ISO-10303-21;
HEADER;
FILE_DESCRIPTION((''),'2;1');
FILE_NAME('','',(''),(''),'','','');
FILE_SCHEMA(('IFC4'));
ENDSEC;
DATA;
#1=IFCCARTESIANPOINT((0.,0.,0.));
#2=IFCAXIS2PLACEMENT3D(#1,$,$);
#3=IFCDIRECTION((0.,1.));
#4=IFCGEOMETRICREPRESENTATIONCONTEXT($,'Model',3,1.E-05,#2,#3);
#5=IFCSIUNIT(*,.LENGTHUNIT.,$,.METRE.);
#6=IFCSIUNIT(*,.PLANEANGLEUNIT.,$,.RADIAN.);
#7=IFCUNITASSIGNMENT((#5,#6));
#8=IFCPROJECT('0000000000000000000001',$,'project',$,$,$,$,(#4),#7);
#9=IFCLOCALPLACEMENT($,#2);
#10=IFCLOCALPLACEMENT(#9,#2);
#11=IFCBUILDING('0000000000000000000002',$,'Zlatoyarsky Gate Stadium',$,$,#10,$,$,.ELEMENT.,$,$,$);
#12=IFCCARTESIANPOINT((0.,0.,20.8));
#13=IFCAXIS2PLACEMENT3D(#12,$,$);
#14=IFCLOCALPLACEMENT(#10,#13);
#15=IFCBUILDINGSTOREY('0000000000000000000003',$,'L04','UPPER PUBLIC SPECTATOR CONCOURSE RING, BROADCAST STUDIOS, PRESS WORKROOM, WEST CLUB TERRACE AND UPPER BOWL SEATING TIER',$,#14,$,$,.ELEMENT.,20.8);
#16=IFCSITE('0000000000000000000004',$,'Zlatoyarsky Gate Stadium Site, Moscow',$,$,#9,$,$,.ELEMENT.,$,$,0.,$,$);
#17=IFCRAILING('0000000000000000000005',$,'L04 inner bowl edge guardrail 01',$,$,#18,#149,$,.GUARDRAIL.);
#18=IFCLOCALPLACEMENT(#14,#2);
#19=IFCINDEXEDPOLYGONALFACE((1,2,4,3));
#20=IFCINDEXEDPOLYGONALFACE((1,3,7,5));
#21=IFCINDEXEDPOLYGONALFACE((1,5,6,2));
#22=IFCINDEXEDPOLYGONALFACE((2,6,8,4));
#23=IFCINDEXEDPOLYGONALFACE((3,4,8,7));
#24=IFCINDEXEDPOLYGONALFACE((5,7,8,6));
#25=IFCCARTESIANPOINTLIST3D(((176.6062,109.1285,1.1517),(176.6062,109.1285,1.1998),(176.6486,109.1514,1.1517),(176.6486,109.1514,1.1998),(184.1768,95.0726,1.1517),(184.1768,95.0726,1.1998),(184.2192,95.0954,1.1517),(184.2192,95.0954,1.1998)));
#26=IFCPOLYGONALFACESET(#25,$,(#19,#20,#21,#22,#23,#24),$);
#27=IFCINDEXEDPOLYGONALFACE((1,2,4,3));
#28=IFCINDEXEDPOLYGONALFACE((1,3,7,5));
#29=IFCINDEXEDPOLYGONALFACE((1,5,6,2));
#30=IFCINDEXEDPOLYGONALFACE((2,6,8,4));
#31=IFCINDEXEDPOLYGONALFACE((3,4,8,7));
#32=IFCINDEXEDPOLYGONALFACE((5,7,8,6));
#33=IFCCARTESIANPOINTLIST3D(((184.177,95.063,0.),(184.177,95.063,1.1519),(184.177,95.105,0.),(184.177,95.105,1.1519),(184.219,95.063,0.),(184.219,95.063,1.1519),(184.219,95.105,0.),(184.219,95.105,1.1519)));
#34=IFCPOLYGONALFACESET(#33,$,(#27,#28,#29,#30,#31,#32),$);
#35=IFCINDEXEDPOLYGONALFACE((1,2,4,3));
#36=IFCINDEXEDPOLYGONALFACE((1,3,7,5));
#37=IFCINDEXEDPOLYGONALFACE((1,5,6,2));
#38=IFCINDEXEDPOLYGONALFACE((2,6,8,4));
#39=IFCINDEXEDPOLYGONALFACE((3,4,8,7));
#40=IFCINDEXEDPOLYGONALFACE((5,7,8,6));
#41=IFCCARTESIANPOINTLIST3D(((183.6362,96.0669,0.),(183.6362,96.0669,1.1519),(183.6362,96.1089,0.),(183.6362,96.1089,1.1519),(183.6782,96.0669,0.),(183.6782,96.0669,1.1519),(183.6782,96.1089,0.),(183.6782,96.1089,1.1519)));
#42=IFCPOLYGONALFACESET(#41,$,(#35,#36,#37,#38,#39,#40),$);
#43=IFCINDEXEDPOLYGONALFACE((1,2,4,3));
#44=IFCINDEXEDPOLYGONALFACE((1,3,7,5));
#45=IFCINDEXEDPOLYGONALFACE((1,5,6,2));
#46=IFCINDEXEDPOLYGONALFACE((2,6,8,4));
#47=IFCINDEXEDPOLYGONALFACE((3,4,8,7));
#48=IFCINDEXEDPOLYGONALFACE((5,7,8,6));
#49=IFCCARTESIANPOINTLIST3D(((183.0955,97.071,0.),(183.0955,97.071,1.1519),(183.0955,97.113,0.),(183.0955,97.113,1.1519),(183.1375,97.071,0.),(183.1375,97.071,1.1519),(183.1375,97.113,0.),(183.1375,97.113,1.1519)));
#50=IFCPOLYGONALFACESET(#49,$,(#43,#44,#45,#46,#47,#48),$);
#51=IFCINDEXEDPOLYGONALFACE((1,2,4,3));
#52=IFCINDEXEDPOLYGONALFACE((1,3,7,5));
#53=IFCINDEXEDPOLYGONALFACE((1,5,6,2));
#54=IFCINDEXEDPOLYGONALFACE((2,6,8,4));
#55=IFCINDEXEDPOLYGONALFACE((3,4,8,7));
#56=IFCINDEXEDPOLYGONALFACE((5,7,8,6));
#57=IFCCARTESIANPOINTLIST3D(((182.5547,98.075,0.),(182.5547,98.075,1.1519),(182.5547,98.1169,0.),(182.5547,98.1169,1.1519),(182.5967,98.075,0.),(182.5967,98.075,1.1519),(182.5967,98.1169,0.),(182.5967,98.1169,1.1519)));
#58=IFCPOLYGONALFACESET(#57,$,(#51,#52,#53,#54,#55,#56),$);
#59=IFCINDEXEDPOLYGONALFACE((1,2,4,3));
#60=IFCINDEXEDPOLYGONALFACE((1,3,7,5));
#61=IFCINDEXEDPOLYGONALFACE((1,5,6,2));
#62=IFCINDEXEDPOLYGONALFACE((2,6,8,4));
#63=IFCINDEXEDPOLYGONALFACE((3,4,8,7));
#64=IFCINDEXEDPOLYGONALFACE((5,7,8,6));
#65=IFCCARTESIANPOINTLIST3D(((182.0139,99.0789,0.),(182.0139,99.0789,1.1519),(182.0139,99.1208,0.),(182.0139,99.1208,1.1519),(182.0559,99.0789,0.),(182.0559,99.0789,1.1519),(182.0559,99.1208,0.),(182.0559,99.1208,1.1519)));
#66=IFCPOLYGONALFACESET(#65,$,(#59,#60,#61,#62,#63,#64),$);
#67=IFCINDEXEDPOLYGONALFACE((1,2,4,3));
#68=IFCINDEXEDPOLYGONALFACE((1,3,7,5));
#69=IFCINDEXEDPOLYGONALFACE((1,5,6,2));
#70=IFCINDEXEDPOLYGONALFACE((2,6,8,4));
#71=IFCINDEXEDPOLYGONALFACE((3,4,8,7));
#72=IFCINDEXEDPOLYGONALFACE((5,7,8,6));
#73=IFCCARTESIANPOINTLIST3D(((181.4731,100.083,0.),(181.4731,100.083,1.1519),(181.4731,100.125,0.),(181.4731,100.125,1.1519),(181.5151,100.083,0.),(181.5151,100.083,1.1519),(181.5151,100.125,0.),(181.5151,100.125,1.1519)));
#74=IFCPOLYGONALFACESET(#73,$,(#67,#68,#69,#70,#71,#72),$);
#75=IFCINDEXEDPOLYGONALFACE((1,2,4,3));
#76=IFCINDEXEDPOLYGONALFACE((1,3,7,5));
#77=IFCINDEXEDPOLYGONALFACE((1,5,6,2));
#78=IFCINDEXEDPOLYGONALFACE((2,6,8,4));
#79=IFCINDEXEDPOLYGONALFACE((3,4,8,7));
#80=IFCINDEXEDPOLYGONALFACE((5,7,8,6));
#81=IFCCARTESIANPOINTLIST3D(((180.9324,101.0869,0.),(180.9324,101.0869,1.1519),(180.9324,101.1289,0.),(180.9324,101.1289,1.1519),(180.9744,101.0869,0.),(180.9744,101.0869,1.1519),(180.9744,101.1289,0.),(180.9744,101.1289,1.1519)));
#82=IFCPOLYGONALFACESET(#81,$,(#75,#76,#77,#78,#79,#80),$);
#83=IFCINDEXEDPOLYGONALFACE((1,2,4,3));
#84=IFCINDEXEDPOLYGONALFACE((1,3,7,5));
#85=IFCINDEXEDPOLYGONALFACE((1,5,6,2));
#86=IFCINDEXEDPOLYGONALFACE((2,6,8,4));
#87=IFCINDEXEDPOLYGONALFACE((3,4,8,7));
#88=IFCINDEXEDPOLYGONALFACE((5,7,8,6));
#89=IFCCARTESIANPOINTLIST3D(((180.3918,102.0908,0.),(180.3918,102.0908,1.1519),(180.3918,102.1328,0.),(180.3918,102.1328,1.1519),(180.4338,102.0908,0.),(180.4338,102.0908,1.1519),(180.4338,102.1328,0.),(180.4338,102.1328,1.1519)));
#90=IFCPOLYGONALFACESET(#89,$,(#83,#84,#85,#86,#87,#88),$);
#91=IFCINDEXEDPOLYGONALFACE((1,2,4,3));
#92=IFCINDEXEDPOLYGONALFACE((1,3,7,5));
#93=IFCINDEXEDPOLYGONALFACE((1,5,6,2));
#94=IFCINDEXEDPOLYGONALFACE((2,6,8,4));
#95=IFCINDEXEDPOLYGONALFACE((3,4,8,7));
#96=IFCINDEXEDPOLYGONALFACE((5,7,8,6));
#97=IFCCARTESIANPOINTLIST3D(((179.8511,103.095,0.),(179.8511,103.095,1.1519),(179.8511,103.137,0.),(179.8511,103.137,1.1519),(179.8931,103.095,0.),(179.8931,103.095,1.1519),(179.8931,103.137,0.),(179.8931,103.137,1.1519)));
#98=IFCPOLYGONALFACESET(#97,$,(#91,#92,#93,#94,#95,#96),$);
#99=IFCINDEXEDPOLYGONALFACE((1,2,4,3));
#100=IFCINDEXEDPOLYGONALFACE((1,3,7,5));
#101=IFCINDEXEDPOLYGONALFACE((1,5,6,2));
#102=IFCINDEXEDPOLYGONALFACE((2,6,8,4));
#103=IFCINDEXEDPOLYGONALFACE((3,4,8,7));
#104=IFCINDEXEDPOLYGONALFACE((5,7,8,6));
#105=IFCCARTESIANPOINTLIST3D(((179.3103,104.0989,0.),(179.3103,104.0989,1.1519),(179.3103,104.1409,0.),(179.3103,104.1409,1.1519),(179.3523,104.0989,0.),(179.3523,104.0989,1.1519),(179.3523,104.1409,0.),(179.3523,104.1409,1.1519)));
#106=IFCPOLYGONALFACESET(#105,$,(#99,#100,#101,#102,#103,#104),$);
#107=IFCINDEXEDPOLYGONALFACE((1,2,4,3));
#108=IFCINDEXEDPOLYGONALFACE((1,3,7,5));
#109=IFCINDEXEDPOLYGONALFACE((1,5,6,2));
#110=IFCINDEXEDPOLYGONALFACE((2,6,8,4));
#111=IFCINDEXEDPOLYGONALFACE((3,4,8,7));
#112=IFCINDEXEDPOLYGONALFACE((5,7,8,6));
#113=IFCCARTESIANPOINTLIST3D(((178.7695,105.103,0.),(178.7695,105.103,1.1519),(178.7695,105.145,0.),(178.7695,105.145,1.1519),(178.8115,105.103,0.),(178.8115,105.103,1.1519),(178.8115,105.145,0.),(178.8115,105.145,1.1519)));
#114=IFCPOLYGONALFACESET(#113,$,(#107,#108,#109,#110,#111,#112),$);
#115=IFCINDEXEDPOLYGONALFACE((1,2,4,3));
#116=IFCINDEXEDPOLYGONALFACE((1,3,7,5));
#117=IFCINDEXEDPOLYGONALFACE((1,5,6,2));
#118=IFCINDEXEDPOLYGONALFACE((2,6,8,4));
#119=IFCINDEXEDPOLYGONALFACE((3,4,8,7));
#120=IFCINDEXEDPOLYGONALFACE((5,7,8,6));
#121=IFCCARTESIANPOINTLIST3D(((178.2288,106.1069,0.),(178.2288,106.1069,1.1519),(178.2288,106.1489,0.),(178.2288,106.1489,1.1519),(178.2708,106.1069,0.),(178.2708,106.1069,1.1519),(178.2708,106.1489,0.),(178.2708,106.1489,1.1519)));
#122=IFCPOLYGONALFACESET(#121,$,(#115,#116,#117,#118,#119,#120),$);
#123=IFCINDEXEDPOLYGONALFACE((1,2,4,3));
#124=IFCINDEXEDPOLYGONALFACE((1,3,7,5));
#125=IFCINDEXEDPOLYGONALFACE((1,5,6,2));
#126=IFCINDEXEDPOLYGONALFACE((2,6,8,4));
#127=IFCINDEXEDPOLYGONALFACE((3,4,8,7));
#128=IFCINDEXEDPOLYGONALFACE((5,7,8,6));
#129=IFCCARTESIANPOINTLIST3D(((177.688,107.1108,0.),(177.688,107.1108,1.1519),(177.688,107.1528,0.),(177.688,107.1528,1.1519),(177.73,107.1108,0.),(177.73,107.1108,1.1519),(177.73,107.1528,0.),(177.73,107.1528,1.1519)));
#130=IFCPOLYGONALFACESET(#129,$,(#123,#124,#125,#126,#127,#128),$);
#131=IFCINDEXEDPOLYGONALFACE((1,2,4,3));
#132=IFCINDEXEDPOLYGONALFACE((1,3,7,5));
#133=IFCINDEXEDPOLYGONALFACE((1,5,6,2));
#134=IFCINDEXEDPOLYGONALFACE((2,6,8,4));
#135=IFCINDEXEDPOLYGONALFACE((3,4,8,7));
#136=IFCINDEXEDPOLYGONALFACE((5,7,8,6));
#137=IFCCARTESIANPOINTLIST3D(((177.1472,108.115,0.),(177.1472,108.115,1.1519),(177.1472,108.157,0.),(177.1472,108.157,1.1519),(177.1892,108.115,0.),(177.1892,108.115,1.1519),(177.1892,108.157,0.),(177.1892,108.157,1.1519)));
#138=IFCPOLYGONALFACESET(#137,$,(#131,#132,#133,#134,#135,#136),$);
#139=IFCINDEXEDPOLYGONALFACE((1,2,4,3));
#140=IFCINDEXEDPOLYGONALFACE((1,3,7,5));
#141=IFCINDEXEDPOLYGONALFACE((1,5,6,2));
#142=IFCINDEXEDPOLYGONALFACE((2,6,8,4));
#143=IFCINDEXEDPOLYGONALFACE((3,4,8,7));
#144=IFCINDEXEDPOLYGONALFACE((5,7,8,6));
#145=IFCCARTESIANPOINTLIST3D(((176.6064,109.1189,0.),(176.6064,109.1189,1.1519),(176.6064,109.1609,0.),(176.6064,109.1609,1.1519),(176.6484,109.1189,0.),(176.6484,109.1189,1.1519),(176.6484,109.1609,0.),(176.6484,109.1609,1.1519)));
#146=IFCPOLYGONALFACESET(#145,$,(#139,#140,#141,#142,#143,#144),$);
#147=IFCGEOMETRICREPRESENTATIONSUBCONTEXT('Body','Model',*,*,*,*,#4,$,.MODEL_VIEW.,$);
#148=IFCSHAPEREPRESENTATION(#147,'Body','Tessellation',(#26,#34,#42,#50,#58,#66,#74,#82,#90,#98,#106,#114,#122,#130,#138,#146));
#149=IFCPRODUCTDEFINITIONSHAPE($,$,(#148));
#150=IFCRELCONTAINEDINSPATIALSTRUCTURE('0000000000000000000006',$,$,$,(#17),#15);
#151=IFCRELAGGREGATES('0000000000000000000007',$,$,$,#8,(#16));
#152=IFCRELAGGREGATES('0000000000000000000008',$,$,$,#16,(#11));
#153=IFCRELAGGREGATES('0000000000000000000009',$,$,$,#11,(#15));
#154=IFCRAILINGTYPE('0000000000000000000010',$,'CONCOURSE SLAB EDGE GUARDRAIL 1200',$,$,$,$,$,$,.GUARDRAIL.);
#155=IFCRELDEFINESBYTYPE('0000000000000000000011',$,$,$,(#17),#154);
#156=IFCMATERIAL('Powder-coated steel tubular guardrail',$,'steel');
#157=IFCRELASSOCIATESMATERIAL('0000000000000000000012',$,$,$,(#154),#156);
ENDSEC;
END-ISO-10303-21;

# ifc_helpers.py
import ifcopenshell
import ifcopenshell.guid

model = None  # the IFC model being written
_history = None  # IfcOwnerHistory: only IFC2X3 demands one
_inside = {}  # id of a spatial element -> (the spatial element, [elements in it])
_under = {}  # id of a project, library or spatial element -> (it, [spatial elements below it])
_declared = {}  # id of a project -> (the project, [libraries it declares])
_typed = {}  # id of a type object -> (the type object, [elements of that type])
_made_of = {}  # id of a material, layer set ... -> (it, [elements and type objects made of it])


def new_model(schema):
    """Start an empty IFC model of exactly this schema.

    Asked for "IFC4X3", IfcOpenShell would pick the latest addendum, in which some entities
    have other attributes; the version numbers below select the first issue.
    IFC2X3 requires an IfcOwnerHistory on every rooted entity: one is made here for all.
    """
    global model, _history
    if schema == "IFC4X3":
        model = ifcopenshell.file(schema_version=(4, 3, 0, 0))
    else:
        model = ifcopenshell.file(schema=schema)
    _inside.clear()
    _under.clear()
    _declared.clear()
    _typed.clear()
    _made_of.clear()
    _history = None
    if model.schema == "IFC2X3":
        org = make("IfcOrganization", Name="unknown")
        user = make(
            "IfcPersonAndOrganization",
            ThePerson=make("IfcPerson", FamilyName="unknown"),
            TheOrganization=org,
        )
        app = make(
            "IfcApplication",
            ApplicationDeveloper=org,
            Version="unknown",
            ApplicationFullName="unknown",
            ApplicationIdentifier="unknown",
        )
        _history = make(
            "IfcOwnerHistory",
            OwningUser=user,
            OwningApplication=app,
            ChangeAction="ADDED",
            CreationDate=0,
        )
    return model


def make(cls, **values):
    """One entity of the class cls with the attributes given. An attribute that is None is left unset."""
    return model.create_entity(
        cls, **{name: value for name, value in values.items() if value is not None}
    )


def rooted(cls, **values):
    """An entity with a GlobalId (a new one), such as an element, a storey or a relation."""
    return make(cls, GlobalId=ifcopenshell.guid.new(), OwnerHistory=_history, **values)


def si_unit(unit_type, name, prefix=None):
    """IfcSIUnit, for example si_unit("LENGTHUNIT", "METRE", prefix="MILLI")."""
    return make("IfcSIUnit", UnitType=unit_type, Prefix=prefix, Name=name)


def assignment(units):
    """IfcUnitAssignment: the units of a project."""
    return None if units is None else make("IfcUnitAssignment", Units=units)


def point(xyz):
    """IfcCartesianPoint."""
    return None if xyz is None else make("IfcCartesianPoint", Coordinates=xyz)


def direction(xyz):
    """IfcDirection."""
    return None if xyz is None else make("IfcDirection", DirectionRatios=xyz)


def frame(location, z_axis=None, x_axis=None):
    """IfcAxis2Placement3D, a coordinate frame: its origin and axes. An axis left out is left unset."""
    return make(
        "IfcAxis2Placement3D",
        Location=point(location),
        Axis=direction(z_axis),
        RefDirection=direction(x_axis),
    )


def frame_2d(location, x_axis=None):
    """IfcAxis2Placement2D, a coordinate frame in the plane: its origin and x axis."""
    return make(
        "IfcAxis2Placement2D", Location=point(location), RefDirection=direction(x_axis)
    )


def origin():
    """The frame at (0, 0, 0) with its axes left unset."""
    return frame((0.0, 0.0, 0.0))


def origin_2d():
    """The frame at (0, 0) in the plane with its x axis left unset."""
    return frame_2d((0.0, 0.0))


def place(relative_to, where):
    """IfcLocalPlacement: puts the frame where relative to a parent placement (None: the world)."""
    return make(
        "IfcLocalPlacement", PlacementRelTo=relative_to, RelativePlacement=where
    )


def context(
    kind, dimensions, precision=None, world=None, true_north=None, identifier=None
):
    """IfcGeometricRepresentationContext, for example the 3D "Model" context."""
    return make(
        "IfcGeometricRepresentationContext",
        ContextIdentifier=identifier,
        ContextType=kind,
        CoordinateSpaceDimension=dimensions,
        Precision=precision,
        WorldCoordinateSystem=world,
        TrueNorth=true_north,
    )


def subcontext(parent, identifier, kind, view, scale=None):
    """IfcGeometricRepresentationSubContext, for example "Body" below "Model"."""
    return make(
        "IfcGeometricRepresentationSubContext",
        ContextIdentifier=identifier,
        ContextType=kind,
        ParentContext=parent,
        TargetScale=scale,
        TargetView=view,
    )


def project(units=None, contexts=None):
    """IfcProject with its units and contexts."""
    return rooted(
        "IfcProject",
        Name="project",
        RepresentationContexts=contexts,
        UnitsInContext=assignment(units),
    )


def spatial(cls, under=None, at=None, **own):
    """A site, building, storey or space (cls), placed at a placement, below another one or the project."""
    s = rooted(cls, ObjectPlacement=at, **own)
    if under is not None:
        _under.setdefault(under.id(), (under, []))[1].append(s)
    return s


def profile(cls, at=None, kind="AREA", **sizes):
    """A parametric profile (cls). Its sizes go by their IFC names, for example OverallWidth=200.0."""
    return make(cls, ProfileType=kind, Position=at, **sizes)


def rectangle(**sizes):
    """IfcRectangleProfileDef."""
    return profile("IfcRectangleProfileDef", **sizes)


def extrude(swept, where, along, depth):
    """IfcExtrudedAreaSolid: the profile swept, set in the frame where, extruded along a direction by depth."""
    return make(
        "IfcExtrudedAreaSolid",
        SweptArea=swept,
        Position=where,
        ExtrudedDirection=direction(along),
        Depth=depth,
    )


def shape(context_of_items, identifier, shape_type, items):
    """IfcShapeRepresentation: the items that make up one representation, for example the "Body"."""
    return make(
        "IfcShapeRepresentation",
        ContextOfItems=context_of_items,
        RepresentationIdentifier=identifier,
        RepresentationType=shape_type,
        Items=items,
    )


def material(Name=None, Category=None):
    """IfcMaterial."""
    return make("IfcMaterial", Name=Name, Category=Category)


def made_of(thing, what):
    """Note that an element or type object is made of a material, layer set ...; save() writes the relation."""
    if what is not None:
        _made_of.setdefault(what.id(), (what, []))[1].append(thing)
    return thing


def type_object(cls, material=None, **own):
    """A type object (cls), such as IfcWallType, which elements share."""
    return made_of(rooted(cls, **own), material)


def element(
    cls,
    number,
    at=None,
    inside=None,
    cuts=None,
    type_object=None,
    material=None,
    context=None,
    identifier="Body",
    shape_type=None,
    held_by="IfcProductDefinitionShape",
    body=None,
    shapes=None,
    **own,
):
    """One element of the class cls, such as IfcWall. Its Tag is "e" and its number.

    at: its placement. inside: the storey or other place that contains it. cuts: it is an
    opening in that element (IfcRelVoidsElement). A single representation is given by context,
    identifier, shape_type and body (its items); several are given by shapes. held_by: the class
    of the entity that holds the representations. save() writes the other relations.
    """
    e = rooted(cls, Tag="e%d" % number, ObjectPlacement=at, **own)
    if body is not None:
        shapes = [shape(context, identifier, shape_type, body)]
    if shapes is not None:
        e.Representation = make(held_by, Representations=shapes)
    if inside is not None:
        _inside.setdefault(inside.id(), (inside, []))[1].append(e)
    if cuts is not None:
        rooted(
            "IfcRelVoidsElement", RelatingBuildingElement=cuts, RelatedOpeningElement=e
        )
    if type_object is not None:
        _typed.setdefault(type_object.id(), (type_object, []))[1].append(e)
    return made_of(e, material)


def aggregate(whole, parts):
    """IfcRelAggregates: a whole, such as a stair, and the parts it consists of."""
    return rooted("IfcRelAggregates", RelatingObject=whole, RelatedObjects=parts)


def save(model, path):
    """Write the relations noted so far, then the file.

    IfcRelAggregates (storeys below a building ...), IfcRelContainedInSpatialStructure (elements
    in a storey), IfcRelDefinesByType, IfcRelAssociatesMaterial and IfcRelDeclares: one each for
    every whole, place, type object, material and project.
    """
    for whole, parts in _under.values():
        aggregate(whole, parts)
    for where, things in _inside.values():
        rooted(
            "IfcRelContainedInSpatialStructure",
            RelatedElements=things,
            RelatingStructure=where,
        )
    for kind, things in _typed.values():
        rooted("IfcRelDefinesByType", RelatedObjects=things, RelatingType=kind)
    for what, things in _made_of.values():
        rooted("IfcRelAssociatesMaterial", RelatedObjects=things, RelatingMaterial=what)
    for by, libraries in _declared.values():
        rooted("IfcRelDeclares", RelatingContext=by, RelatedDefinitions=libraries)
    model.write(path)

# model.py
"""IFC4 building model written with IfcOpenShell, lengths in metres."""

from ifc_helpers import new_model, si_unit, direction, frame, origin, origin_2d, place, context, subcontext, project, spatial, rectangle, extrude, material, type_object, element, save


model = new_model("IFC4")

# Units and contexts
model_context = context("Model", 3, precision=1e-05, world=origin(), true_north=direction((0.0, 1.0)))
body_context = subcontext(model_context, "Body", "Model", "MODEL_VIEW")
ifc_project = project(units=[si_unit("LENGTHUNIT", "METRE"), si_unit("PLANEANGLEUNIT", "RADIAN")], contexts=[model_context])

# Site, building, storey
site_placement = place(None, origin())
site = spatial("IfcSite", under=ifc_project, at=site_placement, Name="Zlatoyarsky Gate Stadium Site, Moscow", CompositionType="ELEMENT", RefElevation=0.0)
building_placement = place(site_placement, origin())
building = spatial("IfcBuilding", under=site, at=building_placement, Name="Zlatoyarsky Gate Stadium", CompositionType="ELEMENT")
storey_placement = place(building_placement, frame((0.0, 0.0, 20.8)))
storey = spatial("IfcBuildingStorey", under=building, at=storey_placement, Name="L04", Description="UPPER PUBLIC SPECTATOR CONCOURSE RING, BROADCAST STUDIOS, PRESS WORKROOM, WEST CLUB TERRACE AND UPPER BOWL SEATING TIER", CompositionType="ELEMENT", Elevation=20.8)

# Railing
ifc_material_1 = material(Name="Powder-coated steel tubular guardrail", Category="steel")
railing_type_1 = type_object("IfcRailingType", Name="CONCOURSE SLAB EDGE GUARDRAIL 1200", PredefinedType="GUARDRAIL", material=ifc_material_1)
railing_1_placement = place(storey_placement, frame((184.198, 95.084, 0.0)))
element("IfcRailing", 1, at=railing_1_placement, inside=storey, type_object=railing_type_1, Name="L04 inner bowl edge guardrail 01", PredefinedType="GUARDRAIL", context=body_context, shape_type="SweptSolid", body=[
    extrude(rectangle(XDim=0.0481, YDim=0.0481, at=origin_2d()), frame((0.0, 0.0, 1.1758), z_axis=(-0.474196, 0.880419, 0.0), x_axis=(-0.880419, -0.474196, 0.0)), (0.0, 0.0, 1.0), 15.9651),
    extrude(rectangle(XDim=0.042, YDim=0.042, at=origin_2d()), origin(), (0.0, 0.0, 1.0), 1.1519),
    extrude(rectangle(XDim=0.042, YDim=0.042, at=origin_2d()), frame((-0.5408, 1.0039, 0.0)), (0.0, 0.0, 1.0), 1.1519),
    extrude(rectangle(XDim=0.042, YDim=0.042, at=origin_2d()), frame((-1.0815, 2.0081, 0.0)), (0.0, 0.0, 1.0), 1.1519),
    extrude(rectangle(XDim=0.042, YDim=0.042, at=origin_2d()), frame((-1.6223, 3.012, 0.0)), (0.0, 0.0, 1.0), 1.1519),
    extrude(rectangle(XDim=0.042, YDim=0.042, at=origin_2d()), frame((-2.1631, 4.0159, 0.0)), (0.0, 0.0, 1.0), 1.1519),
    extrude(rectangle(XDim=0.042, YDim=0.042, at=origin_2d()), frame((-2.7039, 5.02, 0.0)), (0.0, 0.0, 1.0), 1.1519),
    extrude(rectangle(XDim=0.042, YDim=0.042, at=origin_2d()), frame((-3.2446, 6.0239, 0.0)), (0.0, 0.0, 1.0), 1.1519),
    extrude(rectangle(XDim=0.042, YDim=0.042, at=origin_2d()), frame((-3.7852, 7.0278, 0.0)), (0.0, 0.0, 1.0), 1.1519),
    extrude(rectangle(XDim=0.042, YDim=0.042, at=origin_2d()), frame((-4.3259, 8.032, 0.0)), (0.0, 0.0, 1.0), 1.1519),
    extrude(rectangle(XDim=0.042, YDim=0.042, at=origin_2d()), frame((-4.8667, 9.0359, 0.0)), (0.0, 0.0, 1.0), 1.1519),
    extrude(rectangle(XDim=0.042, YDim=0.042, at=origin_2d()), frame((-5.4075, 10.04, 0.0)), (0.0, 0.0, 1.0), 1.1519),
    extrude(rectangle(XDim=0.042, YDim=0.042, at=origin_2d()), frame((-5.9482, 11.0439, 0.0)), (0.0, 0.0, 1.0), 1.1519),
    extrude(rectangle(XDim=0.042, YDim=0.042, at=origin_2d()), frame((-6.489, 12.0479, 0.0)), (0.0, 0.0, 1.0), 1.1519),
    extrude(rectangle(XDim=0.042, YDim=0.042, at=origin_2d()), frame((-7.0298, 13.052, 0.0)), (0.0, 0.0, 1.0), 1.1519),
    extrude(rectangle(XDim=0.042, YDim=0.042, at=origin_2d()), frame((-7.5706, 14.0559, 0.0)), (0.0, 0.0, 1.0), 1.1519),
])

save(model, "model.ifc")
